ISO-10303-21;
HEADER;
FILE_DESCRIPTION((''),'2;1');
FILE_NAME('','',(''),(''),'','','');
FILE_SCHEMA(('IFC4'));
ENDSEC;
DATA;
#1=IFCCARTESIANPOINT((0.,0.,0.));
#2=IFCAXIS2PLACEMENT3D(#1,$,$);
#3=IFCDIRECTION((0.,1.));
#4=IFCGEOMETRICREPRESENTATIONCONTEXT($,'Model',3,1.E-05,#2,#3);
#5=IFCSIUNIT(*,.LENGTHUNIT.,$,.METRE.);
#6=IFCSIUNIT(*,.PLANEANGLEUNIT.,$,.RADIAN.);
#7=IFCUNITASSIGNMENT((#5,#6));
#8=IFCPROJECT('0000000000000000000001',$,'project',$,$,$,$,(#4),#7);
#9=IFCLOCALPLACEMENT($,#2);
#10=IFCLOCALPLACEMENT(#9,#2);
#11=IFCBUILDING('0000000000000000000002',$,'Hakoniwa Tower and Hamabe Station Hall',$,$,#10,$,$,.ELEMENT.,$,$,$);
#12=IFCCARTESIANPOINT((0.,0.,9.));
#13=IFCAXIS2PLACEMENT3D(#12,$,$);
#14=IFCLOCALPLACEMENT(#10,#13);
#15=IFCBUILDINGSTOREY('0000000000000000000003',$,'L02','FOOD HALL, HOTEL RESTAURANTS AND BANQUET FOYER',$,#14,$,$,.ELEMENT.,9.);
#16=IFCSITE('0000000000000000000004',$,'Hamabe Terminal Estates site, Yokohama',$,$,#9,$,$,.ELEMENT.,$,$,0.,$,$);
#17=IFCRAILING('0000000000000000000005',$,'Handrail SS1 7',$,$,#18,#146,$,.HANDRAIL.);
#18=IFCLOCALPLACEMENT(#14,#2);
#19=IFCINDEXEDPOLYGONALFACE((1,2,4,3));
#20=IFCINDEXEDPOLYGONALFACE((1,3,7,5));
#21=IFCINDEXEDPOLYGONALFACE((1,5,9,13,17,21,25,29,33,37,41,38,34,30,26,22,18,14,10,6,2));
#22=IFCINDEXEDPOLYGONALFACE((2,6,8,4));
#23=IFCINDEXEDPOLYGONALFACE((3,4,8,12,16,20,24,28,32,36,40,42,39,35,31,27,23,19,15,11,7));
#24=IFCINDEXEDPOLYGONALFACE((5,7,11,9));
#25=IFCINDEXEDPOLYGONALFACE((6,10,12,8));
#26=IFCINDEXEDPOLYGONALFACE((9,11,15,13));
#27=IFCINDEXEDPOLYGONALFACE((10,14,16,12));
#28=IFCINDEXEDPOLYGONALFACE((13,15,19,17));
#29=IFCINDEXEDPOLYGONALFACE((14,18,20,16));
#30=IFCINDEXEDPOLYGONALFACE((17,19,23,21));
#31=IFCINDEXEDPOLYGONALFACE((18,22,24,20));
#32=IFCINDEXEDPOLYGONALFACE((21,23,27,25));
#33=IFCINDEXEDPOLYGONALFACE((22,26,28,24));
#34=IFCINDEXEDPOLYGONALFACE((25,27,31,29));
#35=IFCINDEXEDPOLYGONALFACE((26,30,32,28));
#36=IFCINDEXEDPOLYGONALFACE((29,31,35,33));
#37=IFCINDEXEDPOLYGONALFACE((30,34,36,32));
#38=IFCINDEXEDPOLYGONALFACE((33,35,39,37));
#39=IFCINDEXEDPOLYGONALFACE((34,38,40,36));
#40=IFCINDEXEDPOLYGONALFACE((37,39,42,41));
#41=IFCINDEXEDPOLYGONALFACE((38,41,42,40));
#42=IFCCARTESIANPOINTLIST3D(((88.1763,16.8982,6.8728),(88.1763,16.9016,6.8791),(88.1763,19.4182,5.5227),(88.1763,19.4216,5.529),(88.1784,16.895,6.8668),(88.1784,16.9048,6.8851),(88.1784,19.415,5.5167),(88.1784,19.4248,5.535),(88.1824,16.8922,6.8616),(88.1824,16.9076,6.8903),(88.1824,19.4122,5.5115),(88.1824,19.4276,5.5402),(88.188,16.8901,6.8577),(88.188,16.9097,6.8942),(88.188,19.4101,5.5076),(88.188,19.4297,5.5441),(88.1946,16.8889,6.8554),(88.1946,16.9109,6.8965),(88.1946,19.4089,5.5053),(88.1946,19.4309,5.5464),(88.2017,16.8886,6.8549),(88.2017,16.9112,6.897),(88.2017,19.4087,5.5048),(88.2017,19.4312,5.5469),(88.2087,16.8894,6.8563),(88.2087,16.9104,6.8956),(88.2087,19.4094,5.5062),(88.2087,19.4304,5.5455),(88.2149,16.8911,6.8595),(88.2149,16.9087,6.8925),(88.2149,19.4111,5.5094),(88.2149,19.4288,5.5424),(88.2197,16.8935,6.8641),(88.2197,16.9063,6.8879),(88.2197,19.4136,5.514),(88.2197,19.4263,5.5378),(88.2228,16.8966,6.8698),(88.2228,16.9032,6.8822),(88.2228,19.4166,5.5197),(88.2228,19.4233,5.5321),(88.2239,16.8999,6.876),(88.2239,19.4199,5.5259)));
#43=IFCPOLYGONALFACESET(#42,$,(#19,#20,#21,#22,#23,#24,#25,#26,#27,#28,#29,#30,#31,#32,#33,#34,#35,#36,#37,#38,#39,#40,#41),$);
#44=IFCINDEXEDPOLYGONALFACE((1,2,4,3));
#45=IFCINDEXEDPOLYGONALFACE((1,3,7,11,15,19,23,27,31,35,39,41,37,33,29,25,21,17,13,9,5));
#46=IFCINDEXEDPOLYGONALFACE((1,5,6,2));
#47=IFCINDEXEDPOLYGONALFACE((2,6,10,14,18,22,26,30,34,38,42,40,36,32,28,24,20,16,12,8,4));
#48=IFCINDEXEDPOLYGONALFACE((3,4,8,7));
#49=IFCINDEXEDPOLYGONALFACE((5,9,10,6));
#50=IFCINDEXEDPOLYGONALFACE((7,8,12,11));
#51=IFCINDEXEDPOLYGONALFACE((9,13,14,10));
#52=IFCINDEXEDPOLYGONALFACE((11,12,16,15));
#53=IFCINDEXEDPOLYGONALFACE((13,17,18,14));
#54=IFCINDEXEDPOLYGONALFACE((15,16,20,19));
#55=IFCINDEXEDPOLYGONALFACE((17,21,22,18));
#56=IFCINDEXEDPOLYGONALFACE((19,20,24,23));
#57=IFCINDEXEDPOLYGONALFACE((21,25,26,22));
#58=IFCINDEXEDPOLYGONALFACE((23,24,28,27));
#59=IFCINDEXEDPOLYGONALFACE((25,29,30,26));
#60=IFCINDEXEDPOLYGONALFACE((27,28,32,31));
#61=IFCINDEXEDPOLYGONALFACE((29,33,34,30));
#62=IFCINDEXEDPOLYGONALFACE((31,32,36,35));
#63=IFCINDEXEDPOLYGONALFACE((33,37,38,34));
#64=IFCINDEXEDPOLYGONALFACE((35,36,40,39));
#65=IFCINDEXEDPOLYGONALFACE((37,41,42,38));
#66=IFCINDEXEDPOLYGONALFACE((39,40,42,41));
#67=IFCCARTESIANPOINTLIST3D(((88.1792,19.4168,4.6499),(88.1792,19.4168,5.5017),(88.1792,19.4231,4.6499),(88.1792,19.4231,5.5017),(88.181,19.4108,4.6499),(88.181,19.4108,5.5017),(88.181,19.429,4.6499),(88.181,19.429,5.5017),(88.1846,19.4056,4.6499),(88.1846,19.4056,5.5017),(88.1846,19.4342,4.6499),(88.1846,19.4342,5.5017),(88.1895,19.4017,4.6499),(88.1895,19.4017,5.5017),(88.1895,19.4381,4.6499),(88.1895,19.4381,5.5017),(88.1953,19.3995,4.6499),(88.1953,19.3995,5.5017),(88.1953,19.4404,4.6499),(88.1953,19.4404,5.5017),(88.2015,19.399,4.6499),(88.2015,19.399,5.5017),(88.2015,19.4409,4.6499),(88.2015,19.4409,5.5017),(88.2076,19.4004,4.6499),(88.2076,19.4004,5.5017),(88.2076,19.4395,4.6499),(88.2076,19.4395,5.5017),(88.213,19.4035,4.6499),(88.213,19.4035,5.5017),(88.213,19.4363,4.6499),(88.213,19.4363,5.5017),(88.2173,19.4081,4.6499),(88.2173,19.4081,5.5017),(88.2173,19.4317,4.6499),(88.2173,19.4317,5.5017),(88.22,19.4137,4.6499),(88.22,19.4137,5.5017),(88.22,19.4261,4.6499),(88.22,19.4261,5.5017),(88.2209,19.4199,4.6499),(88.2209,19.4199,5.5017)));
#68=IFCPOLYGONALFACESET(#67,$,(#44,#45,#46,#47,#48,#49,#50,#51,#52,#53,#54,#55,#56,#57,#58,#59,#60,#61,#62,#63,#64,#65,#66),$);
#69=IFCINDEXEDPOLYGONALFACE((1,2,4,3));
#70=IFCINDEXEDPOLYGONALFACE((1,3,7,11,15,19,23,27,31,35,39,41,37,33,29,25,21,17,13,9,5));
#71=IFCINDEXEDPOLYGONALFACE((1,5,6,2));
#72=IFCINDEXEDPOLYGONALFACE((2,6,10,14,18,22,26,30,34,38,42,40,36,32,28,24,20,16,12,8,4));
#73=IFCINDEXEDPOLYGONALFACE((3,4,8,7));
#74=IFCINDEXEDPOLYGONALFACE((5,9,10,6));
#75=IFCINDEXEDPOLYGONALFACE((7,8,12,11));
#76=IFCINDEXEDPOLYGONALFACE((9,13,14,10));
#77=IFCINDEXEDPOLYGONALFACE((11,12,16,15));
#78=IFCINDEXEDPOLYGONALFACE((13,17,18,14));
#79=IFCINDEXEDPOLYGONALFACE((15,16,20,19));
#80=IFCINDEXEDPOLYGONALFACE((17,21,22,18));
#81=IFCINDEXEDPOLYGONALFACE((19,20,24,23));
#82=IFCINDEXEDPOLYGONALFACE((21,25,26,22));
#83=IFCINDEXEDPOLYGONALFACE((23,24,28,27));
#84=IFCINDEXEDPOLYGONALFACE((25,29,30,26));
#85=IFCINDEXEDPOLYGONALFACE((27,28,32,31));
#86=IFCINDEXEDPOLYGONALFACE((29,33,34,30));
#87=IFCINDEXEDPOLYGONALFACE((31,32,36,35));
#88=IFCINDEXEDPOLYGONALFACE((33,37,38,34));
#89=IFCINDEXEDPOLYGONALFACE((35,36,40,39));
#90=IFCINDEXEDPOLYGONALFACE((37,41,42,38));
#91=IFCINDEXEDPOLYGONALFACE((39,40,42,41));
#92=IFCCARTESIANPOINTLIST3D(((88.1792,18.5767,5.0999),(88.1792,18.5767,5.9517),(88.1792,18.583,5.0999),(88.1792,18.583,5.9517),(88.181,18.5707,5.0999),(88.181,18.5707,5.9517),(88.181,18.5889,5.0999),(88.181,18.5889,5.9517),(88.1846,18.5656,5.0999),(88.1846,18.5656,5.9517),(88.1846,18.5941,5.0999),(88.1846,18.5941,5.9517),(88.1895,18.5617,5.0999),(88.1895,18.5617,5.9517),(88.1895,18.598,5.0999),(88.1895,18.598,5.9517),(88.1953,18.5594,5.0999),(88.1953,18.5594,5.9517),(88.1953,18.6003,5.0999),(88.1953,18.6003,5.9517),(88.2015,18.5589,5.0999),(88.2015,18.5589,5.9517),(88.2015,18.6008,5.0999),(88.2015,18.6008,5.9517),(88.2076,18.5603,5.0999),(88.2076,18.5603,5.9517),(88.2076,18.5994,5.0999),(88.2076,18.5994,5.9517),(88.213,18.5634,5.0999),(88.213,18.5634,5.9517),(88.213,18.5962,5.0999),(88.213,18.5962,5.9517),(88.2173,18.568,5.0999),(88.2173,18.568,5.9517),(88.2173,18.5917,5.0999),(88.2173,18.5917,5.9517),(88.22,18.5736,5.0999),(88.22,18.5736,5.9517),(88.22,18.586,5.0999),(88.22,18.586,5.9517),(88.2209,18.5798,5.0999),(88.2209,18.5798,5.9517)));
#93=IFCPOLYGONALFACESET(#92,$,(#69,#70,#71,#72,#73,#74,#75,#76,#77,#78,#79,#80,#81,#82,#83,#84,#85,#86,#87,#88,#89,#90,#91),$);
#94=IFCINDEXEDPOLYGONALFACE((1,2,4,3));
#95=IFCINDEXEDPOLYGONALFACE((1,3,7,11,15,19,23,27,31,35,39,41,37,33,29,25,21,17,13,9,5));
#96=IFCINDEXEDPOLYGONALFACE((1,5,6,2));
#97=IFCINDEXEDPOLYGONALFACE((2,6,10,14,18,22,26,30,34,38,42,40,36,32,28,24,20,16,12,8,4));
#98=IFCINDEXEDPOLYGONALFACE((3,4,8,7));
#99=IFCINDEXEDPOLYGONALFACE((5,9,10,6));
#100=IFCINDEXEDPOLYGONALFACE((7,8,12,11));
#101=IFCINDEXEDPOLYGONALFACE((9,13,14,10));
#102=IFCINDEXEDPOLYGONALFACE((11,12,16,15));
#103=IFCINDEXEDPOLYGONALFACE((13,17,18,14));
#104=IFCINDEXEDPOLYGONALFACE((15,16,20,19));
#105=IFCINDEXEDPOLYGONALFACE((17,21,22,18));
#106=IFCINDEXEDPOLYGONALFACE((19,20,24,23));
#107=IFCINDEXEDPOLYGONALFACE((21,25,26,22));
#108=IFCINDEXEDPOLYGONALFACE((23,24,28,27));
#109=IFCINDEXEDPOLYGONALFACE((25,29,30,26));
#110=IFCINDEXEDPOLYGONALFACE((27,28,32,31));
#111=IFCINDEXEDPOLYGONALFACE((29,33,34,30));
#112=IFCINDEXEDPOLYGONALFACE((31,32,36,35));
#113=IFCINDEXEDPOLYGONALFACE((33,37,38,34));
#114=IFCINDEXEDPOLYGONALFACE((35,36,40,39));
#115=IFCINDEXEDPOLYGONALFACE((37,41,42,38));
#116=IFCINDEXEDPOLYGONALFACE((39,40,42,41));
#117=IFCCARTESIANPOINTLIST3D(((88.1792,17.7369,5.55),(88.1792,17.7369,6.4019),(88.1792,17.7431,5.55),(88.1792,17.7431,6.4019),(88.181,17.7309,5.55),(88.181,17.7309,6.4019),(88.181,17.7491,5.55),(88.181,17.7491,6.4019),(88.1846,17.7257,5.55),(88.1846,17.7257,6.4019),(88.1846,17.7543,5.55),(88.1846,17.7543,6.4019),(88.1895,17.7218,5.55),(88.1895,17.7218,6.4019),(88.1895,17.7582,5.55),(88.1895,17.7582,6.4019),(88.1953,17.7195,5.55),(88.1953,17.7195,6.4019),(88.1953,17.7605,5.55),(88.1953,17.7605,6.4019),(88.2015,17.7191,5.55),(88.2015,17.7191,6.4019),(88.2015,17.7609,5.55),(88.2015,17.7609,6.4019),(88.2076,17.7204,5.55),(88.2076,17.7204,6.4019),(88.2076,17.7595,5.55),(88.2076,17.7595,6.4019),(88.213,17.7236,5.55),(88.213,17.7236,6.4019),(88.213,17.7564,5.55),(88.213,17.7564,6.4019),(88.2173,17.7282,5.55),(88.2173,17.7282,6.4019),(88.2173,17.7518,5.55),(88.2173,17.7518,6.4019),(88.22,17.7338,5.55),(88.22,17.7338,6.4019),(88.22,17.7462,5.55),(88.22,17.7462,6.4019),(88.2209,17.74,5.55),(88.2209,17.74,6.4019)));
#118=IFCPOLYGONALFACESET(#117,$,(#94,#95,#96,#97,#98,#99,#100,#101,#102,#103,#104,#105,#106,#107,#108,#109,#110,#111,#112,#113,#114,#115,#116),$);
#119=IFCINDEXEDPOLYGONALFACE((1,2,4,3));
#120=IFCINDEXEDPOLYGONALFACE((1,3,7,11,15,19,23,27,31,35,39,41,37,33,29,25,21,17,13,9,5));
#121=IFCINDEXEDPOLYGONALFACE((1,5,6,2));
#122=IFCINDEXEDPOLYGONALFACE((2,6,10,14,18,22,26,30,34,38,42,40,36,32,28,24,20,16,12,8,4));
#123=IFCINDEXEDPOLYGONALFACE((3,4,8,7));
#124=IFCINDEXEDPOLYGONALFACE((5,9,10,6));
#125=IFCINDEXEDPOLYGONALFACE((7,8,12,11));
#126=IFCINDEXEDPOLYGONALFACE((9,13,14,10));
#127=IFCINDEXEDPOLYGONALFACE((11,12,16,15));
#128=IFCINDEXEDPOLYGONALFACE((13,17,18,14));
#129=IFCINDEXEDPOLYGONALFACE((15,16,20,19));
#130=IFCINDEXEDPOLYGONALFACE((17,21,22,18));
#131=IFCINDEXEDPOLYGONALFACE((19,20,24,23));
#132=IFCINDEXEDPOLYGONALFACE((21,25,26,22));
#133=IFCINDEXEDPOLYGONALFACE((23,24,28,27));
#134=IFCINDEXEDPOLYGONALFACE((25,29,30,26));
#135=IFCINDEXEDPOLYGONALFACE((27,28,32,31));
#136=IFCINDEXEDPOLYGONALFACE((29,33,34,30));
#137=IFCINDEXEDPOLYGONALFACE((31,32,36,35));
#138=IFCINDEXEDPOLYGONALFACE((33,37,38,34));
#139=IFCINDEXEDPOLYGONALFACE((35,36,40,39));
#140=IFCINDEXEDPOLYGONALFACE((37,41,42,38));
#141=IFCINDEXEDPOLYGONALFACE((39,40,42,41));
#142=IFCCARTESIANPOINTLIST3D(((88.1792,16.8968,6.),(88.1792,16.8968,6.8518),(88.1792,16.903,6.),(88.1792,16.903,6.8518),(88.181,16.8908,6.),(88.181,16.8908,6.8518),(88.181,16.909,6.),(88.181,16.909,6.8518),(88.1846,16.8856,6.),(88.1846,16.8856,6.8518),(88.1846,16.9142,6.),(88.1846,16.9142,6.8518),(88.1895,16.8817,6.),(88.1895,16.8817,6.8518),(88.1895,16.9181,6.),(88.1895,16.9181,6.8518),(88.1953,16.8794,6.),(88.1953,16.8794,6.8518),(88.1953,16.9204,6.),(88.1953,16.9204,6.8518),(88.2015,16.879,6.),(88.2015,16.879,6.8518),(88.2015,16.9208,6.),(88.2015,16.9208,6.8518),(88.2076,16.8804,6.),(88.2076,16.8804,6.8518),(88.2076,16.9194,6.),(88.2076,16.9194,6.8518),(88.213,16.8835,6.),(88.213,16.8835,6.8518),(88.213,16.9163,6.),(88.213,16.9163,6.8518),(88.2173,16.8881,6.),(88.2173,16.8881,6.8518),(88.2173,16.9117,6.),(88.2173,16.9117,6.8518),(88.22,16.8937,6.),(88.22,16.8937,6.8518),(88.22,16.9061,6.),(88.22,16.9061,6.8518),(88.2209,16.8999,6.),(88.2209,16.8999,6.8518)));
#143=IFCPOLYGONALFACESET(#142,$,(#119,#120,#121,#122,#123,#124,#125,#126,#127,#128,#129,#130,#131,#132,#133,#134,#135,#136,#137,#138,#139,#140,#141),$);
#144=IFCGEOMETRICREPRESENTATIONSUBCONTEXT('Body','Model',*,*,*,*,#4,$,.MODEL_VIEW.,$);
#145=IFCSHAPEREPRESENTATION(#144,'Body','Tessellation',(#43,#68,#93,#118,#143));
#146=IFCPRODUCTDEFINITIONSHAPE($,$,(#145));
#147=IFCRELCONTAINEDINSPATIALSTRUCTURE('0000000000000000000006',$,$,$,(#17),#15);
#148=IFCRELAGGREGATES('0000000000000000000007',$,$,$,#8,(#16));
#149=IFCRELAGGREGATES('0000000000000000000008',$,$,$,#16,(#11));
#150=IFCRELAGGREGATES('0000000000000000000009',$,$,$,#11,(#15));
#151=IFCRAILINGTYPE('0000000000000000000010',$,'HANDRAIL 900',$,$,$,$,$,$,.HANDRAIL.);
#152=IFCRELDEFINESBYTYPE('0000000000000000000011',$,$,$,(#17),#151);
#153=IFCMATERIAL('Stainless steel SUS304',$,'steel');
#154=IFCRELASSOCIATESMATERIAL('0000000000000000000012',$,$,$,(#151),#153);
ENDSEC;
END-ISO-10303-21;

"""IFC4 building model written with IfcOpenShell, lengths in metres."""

from ifc_helpers import new_model, si_unit, direction, frame, origin, origin_2d, place, context, subcontext, project, spatial, circle, extrude, material, type_object, element, save


model = new_model("IFC4")

# Units and contexts
model_context = context("Model", 3, precision=1e-05, world=origin(), true_north=direction((0.0, 1.0)))
body_context = subcontext(model_context, "Body", "Model", "MODEL_VIEW")
ifc_project = project(units=[si_unit("LENGTHUNIT", "METRE"), si_unit("PLANEANGLEUNIT", "RADIAN")], contexts=[model_context])

# Site, building, storey
site_placement = place(None, origin())
site = spatial("IfcSite", under=ifc_project, at=site_placement, Name="Hamabe Terminal Estates site, Yokohama", CompositionType="ELEMENT", RefElevation=0.0)
building_placement = place(site_placement, origin())
building = spatial("IfcBuilding", under=site, at=building_placement, Name="Hakoniwa Tower and Hamabe Station Hall", CompositionType="ELEMENT")
storey_placement = place(building_placement, frame((0.0, 0.0, 9.0)))
storey = spatial("IfcBuildingStorey", under=building, at=storey_placement, Name="L02", Description="FOOD HALL, HOTEL RESTAURANTS AND BANQUET FOYER", CompositionType="ELEMENT", Elevation=9.0)

# Railing
ifc_material_1 = material(Name="Stainless steel SUS304", Category="steel")
railing_type = type_object("IfcRailingType", Name="HANDRAIL 900", PredefinedType="HANDRAIL", material=ifc_material_1)
for number, where, name in (
    (1, (88.2, 19.4199, 4.6499), "Handrail SS1 7"),
):
    element("IfcRailing", number, at=place(storey_placement, frame(where)), inside=storey, type_object=railing_type, Name=name, PredefinedType="HANDRAIL", context=body_context, shape_type="SweptSolid", body=[
        extrude(circle(Radius=0.0239, at=origin_2d()), frame((0.0, 0.0, 0.876), z_axis=(0.0, -0.881467, 0.472245), x_axis=(1.0, 0.0, 0.0)), (0.0, 0.0, 1.0), 2.8589),
        extrude(circle(Radius=0.021, at=origin_2d()), origin(), (0.0, 0.0, 1.0), 0.8518),
        extrude(circle(Radius=0.021, at=origin_2d()), frame((0.0, -0.8401, 0.45)), (0.0, 0.0, 1.0), 0.8518),
        extrude(circle(Radius=0.021, at=origin_2d()), frame((0.0, -1.6799, 0.9001)), (0.0, 0.0, 1.0), 0.8518),
        extrude(circle(Radius=0.021, at=origin_2d()), frame((0.0, -2.52, 1.3501)), (0.0, 0.0, 1.0), 0.8518),
    ])

save(model, "model.ifc")
